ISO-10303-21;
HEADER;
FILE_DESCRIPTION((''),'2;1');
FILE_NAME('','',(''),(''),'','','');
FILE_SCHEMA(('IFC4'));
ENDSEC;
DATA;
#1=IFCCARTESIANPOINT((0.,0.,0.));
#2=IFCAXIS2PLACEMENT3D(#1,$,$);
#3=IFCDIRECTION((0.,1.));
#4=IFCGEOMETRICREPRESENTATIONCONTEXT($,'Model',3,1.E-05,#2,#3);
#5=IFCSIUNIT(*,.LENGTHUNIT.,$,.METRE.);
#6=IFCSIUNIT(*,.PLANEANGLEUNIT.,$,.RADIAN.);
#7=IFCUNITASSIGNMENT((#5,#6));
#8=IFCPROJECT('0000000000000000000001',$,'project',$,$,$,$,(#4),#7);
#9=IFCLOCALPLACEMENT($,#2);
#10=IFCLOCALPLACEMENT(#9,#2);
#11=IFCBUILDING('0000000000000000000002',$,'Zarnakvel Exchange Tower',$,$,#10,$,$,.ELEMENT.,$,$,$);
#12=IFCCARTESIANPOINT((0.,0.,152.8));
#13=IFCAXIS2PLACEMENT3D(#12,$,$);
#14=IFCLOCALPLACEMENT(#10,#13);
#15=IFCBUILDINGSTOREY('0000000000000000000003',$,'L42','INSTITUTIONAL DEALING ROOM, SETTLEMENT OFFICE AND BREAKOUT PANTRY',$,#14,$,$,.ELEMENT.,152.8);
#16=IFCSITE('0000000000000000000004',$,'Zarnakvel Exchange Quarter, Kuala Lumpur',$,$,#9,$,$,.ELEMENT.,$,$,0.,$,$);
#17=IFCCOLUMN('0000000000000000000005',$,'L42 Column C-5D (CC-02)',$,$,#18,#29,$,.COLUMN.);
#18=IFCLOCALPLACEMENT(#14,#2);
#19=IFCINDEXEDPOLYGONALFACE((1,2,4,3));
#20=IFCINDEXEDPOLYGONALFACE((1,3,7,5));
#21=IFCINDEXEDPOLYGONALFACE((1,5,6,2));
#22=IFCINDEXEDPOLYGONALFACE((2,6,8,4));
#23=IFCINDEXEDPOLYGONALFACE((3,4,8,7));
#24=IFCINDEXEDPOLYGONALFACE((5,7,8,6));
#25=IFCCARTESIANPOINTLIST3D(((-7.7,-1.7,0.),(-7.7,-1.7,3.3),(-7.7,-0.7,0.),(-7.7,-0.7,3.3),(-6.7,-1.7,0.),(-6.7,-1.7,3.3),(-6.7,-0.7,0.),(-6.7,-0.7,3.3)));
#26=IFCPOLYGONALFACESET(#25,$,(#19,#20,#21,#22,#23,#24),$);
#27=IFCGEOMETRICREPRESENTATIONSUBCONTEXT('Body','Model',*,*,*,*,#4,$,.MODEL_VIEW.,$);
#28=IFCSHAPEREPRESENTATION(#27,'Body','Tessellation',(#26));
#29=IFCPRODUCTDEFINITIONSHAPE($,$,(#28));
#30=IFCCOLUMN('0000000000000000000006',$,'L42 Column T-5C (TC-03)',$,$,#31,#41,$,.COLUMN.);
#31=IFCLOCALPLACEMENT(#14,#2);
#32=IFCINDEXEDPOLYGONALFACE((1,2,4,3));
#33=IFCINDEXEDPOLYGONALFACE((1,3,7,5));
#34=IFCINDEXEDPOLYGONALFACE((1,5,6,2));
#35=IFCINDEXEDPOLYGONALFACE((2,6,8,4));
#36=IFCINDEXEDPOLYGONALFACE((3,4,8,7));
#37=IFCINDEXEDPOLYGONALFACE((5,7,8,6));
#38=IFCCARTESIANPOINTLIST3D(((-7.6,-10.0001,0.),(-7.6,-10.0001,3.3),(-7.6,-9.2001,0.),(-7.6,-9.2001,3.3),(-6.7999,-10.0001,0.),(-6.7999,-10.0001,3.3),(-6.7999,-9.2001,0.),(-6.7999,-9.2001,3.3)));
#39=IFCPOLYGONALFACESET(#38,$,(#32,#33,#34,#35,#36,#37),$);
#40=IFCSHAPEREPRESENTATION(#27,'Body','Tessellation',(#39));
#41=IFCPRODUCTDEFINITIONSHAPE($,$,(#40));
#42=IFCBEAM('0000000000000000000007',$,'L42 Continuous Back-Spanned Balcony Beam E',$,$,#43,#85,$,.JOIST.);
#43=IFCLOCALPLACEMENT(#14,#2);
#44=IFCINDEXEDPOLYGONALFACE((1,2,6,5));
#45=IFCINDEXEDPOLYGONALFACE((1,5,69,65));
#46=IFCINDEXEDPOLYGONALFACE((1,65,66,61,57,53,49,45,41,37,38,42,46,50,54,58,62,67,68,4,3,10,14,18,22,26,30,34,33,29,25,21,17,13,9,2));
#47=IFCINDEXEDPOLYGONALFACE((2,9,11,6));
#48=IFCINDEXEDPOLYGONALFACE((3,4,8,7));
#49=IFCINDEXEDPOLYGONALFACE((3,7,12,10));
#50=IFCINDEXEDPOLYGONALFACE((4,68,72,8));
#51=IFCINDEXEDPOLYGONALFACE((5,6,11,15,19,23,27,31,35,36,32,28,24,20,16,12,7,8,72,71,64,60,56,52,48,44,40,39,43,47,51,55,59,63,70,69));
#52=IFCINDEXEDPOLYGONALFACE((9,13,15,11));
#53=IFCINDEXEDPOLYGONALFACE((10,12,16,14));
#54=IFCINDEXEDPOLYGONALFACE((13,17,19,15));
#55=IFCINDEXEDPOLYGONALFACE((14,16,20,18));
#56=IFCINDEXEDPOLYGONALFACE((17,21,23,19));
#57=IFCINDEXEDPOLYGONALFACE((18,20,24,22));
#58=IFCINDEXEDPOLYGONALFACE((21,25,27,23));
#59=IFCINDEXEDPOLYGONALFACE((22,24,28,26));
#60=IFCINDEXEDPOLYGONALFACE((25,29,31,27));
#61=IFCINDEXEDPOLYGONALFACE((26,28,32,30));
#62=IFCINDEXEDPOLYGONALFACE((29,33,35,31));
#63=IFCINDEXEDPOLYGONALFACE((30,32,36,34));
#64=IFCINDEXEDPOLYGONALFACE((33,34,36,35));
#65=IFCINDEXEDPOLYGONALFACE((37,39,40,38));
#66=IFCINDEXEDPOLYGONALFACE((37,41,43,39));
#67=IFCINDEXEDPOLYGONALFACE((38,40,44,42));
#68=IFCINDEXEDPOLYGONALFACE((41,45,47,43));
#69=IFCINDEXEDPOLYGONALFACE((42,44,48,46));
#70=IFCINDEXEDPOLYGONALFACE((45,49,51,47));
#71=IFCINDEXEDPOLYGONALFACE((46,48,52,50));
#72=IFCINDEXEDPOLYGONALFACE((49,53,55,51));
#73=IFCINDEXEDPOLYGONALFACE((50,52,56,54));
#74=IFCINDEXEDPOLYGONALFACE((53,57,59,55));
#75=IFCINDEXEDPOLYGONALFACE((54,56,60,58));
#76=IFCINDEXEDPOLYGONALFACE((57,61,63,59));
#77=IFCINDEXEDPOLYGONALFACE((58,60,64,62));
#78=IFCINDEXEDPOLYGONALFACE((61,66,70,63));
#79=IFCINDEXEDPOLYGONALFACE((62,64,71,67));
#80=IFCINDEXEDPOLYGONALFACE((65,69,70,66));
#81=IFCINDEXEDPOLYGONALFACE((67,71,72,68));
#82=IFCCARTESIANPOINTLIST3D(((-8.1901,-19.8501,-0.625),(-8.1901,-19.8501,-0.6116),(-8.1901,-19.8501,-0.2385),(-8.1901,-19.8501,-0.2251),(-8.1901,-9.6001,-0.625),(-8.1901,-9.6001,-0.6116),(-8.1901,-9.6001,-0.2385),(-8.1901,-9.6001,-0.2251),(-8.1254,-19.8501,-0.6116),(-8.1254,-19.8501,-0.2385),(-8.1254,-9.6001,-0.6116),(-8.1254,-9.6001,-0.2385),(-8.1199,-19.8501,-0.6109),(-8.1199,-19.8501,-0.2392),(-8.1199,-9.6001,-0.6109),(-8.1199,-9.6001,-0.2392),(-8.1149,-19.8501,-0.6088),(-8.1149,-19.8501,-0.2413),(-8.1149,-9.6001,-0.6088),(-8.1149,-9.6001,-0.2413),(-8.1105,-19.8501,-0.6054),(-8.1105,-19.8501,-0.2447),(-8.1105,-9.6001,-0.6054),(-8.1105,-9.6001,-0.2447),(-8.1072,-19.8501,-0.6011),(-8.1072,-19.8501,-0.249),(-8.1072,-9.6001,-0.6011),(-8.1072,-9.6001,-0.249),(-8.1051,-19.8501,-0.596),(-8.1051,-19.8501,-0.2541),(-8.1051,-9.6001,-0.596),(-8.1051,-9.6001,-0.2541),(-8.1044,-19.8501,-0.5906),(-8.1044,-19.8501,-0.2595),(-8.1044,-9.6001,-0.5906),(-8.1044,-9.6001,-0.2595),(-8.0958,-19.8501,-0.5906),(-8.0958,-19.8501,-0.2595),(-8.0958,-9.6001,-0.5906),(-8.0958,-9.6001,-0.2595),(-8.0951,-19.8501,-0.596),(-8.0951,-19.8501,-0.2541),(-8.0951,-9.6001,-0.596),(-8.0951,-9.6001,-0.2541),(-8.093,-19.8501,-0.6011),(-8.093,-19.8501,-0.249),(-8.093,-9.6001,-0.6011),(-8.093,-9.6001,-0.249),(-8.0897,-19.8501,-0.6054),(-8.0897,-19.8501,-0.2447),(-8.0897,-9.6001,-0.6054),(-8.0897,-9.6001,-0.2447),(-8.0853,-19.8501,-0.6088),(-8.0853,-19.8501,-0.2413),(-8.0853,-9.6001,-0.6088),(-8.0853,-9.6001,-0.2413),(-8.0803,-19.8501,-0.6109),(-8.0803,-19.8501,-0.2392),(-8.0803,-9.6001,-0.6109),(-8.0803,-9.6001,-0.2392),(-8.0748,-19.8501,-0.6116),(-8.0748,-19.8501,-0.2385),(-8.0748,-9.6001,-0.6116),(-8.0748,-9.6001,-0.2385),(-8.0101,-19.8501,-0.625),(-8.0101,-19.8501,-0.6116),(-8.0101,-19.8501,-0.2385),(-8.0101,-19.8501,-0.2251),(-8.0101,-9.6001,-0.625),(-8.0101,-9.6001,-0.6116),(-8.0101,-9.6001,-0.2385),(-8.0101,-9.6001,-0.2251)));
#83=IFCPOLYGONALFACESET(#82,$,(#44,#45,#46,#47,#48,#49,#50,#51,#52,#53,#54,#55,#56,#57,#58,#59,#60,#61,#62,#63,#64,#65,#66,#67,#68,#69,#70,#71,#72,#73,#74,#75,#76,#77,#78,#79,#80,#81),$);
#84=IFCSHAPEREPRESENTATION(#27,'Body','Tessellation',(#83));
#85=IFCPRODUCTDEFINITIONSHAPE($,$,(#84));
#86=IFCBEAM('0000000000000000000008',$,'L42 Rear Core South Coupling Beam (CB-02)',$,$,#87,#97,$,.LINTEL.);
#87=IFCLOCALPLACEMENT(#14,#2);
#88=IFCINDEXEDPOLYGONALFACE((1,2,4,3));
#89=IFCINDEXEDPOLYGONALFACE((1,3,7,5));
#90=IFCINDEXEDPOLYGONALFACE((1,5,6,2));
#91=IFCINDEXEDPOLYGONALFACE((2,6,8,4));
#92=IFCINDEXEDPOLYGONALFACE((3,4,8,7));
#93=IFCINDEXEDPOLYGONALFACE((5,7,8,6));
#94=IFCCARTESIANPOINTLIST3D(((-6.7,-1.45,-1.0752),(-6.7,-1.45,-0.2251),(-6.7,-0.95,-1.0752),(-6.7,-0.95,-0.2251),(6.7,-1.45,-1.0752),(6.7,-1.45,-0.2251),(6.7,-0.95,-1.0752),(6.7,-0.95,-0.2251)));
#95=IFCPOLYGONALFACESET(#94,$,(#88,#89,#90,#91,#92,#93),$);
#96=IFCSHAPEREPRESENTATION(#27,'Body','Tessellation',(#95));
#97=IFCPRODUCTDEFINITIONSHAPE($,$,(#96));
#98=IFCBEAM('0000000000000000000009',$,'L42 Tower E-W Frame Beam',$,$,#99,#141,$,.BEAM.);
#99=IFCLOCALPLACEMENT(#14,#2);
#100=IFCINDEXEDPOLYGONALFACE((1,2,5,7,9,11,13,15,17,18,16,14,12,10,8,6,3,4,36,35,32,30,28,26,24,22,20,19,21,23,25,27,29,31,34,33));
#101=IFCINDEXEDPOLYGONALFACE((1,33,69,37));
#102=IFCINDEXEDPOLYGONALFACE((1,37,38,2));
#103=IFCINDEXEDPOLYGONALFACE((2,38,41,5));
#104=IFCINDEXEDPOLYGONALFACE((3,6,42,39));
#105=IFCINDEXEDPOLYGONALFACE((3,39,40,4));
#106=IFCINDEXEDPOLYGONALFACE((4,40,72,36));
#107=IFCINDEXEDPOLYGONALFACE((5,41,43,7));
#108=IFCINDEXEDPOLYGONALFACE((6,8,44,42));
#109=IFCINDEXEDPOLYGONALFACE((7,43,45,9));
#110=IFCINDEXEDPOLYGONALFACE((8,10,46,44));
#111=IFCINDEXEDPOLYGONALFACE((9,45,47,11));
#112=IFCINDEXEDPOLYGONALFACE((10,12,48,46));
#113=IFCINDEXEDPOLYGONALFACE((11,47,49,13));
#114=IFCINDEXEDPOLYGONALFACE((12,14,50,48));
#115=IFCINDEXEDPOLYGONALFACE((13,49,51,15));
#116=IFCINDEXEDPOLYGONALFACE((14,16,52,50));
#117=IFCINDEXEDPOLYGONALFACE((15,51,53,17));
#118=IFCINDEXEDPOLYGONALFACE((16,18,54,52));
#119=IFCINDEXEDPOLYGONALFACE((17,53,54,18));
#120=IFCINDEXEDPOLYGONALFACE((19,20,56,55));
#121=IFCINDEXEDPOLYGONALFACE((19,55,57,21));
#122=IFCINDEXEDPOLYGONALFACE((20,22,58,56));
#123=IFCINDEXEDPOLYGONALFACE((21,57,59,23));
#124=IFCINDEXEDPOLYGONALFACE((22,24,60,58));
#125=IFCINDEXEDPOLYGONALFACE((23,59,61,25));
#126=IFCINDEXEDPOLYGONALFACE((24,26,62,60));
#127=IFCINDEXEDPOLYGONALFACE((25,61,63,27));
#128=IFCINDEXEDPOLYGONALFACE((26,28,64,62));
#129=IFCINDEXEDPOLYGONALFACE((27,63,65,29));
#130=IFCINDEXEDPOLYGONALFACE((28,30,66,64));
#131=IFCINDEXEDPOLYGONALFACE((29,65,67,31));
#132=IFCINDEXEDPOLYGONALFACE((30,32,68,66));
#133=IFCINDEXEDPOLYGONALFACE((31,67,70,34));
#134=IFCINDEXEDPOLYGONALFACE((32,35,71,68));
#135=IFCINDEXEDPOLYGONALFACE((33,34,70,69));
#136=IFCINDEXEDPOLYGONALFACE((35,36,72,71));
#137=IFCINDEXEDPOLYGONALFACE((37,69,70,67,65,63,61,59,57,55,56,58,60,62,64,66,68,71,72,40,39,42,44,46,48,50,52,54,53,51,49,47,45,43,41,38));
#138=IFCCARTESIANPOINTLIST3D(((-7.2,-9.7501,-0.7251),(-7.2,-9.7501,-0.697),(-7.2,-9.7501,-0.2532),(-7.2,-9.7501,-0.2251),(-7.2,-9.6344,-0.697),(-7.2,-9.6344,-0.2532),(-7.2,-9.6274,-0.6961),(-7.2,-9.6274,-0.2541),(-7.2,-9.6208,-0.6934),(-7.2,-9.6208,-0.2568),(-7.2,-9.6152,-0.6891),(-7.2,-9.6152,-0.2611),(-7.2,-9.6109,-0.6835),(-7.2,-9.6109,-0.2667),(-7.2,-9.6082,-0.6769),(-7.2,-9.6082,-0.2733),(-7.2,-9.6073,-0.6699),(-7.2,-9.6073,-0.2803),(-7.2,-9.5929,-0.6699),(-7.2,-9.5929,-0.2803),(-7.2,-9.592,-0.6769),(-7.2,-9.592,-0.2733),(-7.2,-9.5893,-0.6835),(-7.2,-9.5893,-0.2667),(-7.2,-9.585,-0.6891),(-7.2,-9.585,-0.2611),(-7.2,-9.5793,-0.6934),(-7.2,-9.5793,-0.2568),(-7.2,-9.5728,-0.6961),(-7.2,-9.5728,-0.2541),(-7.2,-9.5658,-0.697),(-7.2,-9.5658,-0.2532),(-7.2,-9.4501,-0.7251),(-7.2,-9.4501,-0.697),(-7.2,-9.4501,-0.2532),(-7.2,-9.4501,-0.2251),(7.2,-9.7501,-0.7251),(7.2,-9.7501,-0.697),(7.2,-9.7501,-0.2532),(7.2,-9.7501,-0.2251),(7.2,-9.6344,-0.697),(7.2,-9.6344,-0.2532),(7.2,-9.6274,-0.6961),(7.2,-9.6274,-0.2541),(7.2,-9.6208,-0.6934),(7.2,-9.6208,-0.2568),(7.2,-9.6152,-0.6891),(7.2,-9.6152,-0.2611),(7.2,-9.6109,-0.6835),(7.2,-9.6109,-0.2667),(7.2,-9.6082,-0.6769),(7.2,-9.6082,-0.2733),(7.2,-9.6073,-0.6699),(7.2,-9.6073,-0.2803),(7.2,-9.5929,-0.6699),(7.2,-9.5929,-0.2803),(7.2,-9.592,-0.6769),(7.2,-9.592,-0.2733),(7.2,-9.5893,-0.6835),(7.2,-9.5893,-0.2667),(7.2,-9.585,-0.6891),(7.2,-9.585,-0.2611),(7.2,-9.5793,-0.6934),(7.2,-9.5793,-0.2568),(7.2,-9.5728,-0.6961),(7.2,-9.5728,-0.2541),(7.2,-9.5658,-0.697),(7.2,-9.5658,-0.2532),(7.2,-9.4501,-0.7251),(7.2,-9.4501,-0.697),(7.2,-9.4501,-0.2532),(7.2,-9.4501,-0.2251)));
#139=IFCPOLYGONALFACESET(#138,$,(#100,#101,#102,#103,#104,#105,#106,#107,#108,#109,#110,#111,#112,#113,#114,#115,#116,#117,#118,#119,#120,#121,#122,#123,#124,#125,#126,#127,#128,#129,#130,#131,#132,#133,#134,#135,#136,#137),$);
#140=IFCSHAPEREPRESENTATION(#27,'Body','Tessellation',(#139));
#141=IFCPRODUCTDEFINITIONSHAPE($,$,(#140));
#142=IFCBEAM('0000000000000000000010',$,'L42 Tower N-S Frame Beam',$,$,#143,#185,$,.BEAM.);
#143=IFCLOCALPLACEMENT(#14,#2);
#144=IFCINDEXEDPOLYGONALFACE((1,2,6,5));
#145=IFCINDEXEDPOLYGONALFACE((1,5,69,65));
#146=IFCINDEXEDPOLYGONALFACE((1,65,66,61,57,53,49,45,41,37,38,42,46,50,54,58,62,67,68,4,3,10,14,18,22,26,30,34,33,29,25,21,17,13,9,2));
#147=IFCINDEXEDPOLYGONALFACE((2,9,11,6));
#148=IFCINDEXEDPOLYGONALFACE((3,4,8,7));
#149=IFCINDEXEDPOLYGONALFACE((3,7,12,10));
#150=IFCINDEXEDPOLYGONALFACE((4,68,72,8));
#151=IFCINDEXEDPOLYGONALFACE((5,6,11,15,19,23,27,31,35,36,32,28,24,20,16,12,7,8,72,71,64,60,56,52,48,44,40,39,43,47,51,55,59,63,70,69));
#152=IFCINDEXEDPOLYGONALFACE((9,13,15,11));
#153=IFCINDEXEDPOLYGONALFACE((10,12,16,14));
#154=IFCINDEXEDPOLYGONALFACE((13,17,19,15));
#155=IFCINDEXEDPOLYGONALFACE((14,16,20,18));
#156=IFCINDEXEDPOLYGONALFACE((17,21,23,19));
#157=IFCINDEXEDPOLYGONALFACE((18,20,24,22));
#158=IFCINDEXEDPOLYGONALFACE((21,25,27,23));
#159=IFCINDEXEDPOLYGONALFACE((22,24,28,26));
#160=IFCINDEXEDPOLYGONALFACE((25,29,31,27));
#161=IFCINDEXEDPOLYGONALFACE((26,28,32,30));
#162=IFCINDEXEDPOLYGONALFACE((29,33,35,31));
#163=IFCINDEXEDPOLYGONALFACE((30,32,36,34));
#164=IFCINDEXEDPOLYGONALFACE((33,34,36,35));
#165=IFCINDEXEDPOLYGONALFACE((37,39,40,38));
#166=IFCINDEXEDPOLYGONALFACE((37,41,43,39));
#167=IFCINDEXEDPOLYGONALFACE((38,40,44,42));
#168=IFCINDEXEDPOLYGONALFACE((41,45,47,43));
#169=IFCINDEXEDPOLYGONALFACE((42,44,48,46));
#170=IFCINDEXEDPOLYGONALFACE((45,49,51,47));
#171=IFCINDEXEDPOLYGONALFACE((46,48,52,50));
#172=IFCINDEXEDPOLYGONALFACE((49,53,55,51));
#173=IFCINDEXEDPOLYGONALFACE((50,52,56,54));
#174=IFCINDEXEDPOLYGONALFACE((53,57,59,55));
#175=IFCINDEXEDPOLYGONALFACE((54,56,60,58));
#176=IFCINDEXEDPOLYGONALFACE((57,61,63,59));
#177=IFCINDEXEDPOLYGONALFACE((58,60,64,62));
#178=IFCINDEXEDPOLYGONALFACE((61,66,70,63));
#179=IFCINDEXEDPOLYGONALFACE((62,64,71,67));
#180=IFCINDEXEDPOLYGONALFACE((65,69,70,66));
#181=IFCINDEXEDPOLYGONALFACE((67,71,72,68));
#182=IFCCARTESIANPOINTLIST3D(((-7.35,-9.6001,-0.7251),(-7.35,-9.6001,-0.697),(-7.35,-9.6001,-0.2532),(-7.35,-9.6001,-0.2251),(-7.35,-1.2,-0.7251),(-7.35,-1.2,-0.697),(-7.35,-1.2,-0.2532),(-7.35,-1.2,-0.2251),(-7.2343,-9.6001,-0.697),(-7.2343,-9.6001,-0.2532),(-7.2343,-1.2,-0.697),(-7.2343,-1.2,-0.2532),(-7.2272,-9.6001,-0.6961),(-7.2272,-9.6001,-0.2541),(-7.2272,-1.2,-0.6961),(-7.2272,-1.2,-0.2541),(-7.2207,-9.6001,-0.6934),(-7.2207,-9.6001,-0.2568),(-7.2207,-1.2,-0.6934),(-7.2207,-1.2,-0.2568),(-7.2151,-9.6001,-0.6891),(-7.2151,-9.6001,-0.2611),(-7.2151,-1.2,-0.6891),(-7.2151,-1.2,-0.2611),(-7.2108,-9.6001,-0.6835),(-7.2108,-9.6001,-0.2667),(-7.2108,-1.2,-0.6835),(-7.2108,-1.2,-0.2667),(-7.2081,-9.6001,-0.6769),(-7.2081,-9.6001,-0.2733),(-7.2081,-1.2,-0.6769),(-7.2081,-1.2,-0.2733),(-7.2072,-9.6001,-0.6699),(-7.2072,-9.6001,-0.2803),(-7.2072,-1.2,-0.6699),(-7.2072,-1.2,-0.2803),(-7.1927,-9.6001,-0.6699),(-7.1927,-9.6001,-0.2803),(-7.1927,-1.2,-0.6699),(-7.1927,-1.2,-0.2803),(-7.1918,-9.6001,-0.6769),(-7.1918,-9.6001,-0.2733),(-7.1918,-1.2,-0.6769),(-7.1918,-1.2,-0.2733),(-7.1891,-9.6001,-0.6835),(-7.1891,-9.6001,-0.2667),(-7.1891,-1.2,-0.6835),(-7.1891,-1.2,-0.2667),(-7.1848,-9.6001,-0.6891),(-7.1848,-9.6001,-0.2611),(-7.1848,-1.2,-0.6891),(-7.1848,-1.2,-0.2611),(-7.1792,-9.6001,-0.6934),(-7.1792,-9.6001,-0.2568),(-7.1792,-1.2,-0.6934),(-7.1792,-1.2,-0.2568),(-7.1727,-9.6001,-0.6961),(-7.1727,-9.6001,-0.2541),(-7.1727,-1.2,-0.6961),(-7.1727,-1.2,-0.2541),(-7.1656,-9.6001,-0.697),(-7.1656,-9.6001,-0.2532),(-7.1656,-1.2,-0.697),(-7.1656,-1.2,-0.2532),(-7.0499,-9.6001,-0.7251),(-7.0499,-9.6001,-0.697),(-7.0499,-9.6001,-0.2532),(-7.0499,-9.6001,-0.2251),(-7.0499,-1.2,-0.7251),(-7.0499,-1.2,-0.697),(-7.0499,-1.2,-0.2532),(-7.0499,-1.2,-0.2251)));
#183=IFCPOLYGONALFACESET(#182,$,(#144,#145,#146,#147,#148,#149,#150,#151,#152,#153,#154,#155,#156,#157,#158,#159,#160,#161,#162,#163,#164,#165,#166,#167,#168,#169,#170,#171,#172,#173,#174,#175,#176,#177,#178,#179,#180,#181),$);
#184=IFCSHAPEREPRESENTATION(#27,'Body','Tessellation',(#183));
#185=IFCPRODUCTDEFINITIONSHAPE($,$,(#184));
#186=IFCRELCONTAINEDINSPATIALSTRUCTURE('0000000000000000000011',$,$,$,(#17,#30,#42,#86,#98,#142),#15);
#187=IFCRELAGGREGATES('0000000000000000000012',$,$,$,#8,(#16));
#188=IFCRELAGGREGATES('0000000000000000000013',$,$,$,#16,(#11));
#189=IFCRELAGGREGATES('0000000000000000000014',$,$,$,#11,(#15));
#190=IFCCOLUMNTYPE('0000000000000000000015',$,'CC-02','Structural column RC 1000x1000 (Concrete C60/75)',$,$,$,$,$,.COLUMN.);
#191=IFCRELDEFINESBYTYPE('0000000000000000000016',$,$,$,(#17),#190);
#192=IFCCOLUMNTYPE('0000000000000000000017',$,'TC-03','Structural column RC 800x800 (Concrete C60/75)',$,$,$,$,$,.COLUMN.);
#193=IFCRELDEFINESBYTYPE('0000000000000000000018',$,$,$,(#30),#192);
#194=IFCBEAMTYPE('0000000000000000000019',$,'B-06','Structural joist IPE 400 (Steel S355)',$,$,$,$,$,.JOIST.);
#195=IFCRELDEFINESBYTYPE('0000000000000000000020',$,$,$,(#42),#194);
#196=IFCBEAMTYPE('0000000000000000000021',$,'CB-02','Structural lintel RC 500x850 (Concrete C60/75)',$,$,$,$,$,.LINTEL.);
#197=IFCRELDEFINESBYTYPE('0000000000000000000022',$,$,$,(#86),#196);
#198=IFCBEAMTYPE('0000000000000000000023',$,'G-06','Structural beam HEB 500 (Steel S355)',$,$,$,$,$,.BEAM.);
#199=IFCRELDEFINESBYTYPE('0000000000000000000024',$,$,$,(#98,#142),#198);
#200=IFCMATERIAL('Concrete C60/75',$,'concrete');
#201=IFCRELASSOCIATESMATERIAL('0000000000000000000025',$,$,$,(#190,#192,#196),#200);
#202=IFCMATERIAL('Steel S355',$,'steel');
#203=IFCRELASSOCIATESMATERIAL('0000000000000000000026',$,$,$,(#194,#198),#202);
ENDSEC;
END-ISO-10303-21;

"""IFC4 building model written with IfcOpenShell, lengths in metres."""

from ifc_helpers import new_model, si_unit, direction, frame, origin, origin_2d, place, context, subcontext, project, spatial, rectangle, i_section, extrude, material, material_profile, profile_set, type_object, element, save


model = new_model("IFC4")

# Units and contexts
model_context = context("Model", 3, precision=1e-05, world=origin(), true_north=direction((0.0, 1.0)))
body_context = subcontext(model_context, "Body", "Model", "MODEL_VIEW")
ifc_project = project(units=[si_unit("LENGTHUNIT", "METRE"), si_unit("PLANEANGLEUNIT", "RADIAN")], contexts=[model_context])

# Site, building, storey
site_placement = place(None, origin())
site = spatial("IfcSite", under=ifc_project, at=site_placement, Name="Zarnakvel Exchange Quarter, Kuala Lumpur", CompositionType="ELEMENT", RefElevation=0.0)
building_placement = place(site_placement, origin())
building = spatial("IfcBuilding", under=site, at=building_placement, Name="Zarnakvel Exchange Tower", CompositionType="ELEMENT")
storey_placement = place(building_placement, frame((0.0, 0.0, 152.8)))
storey = spatial("IfcBuildingStorey", under=building, at=storey_placement, Name="L42", Description="INSTITUTIONAL DEALING ROOM, SETTLEMENT OFFICE AND BREAKOUT PANTRY", CompositionType="ELEMENT", Elevation=152.8)

# Columns
ifc_material_1 = material(Name="Concrete C60/75", Category="concrete")
ifc_material_profile_1 = material_profile(ifc_material_1, rectangle(XDim=1.0, YDim=1.0, at=origin_2d()))
ifc_profile_set_1 = profile_set([ifc_material_profile_1], Name="Concrete C60/75")
column_type_1 = type_object("IfcColumnType", Name="CC-02", Description="Structural column RC 1000x1000 (Concrete C60/75)", PredefinedType="COLUMN", material=ifc_profile_set_1)
column_1_placement = place(storey_placement, frame((-7.2, -1.2, 0.0), z_axis=(0.0, 0.0, 1.0), x_axis=(1.0, 0.0, 0.0)))
element("IfcColumn", 1, at=column_1_placement, inside=storey, type_object=column_type_1, Name="L42 Column C-5D (CC-02)", PredefinedType="COLUMN", context=body_context, shape_type="SweptSolid", body=[
    extrude(rectangle(XDim=1.0, YDim=1.0, at=origin_2d()), origin(), (0.0, 0.0, 1.0), 3.3),
])
ifc_material_profile_2 = material_profile(ifc_material_1, rectangle(XDim=0.8, YDim=0.8, at=origin_2d()))
ifc_profile_set_2 = profile_set([ifc_material_profile_2], Name="Concrete C60/75")
column_type_2 = type_object("IfcColumnType", Name="TC-03", Description="Structural column RC 800x800 (Concrete C60/75)", PredefinedType="COLUMN", material=ifc_profile_set_2)
column_2_placement = place(storey_placement, frame((-7.2, -9.6001, 0.0), z_axis=(0.0, 0.0, 1.0), x_axis=(1.0, 0.0, 0.0)))
element("IfcColumn", 2, at=column_2_placement, inside=storey, type_object=column_type_2, Name="L42 Column T-5C (TC-03)", PredefinedType="COLUMN", context=body_context, shape_type="SweptSolid", body=[
    extrude(rectangle(XDim=0.8, YDim=0.8, at=origin_2d()), origin(), (0.0, 0.0, 1.0), 3.3),
])

# Beams
ifc_material_2 = material(Name="Steel S355", Category="steel")
ifc_material_profile_3 = material_profile(ifc_material_2, i_section(OverallWidth=0.1799, OverallDepth=0.3999, WebThickness=0.0085, FlangeThickness=0.0134, FilletRadius=0.021, at=origin_2d()))
ifc_profile_set_3 = profile_set([ifc_material_profile_3], Name="Steel S355")
beam_type_1 = type_object("IfcBeamType", Name="B-06", Description="Structural joist IPE 400 (Steel S355)", PredefinedType="JOIST", material=ifc_profile_set_3)
beam_1_placement = place(storey_placement, frame((-8.1001, -9.6001, -0.425), z_axis=(0.0, -1.0, 0.0), x_axis=(1.0, 0.0, 0.0)))
element("IfcBeam", 3, at=beam_1_placement, inside=storey, type_object=beam_type_1, Name="L42 Continuous Back-Spanned Balcony Beam E", PredefinedType="JOIST", context=body_context, shape_type="SweptSolid", body=[
    extrude(i_section(OverallWidth=0.1799, OverallDepth=0.3999, WebThickness=0.0085, FlangeThickness=0.0134, FilletRadius=0.021, at=origin_2d()), origin(), (0.0, 0.0, 1.0), 10.25),
])
ifc_material_profile_4 = material_profile(ifc_material_1, rectangle(XDim=0.5, YDim=0.8501, at=origin_2d()))
ifc_profile_set_4 = profile_set([ifc_material_profile_4], Name="Concrete C60/75")
beam_type_2 = type_object("IfcBeamType", Name="CB-02", Description="Structural lintel RC 500x850 (Concrete C60/75)", PredefinedType="LINTEL", material=ifc_profile_set_4)
beam_2_placement = place(storey_placement, frame((-6.7, -1.2, -0.6501), z_axis=(1.0, 0.0, 0.0), x_axis=(0.0, 1.0, 0.0)))
element("IfcBeam", 4, at=beam_2_placement, inside=storey, type_object=beam_type_2, Name="L42 Rear Core South Coupling Beam (CB-02)", PredefinedType="LINTEL", context=body_context, shape_type="SweptSolid", body=[
    extrude(rectangle(XDim=0.5, YDim=0.8501, at=origin_2d()), origin(), (0.0, 0.0, 1.0), 13.3999),
])
ifc_material_profile_5 = material_profile(ifc_material_2, i_section(OverallWidth=0.3, OverallDepth=0.5, WebThickness=0.0144, FlangeThickness=0.0281, FilletRadius=0.0271, at=origin_2d()))
ifc_profile_set_5 = profile_set([ifc_material_profile_5], Name="Steel S355")
beam_type_3 = type_object("IfcBeamType", Name="G-06", Description="Structural beam HEB 500 (Steel S355)", PredefinedType="BEAM", material=ifc_profile_set_5)
beam_3_placement = place(storey_placement, frame((-7.2, -9.6001, -0.4751), z_axis=(1.0, 0.0, 0.0), x_axis=(0.0, 1.0, 0.0)))
element("IfcBeam", 5, at=beam_3_placement, inside=storey, type_object=beam_type_3, Name="L42 Tower E-W Frame Beam", PredefinedType="BEAM", context=body_context, shape_type="SweptSolid", body=[
    extrude(i_section(OverallWidth=0.3, OverallDepth=0.5, WebThickness=0.0144, FlangeThickness=0.0281, FilletRadius=0.0271, at=origin_2d()), origin(), (0.0, 0.0, 1.0), 14.3999),
])
beam_4_placement = place(storey_placement, frame((-7.2, -9.6001, -0.4751), z_axis=(0.0, 1.0, 0.0), x_axis=(-1.0, 0.0, 0.0)))
element("IfcBeam", 6, at=beam_4_placement, inside=storey, type_object=beam_type_3, Name="L42 Tower N-S Frame Beam", PredefinedType="BEAM", context=body_context, shape_type="SweptSolid", body=[
    extrude(i_section(OverallWidth=0.3, OverallDepth=0.5, WebThickness=0.0144, FlangeThickness=0.0281, FilletRadius=0.0271, at=origin_2d()), origin(), (0.0, 0.0, 1.0), 8.4001),
])

save(model, "model.ifc")
